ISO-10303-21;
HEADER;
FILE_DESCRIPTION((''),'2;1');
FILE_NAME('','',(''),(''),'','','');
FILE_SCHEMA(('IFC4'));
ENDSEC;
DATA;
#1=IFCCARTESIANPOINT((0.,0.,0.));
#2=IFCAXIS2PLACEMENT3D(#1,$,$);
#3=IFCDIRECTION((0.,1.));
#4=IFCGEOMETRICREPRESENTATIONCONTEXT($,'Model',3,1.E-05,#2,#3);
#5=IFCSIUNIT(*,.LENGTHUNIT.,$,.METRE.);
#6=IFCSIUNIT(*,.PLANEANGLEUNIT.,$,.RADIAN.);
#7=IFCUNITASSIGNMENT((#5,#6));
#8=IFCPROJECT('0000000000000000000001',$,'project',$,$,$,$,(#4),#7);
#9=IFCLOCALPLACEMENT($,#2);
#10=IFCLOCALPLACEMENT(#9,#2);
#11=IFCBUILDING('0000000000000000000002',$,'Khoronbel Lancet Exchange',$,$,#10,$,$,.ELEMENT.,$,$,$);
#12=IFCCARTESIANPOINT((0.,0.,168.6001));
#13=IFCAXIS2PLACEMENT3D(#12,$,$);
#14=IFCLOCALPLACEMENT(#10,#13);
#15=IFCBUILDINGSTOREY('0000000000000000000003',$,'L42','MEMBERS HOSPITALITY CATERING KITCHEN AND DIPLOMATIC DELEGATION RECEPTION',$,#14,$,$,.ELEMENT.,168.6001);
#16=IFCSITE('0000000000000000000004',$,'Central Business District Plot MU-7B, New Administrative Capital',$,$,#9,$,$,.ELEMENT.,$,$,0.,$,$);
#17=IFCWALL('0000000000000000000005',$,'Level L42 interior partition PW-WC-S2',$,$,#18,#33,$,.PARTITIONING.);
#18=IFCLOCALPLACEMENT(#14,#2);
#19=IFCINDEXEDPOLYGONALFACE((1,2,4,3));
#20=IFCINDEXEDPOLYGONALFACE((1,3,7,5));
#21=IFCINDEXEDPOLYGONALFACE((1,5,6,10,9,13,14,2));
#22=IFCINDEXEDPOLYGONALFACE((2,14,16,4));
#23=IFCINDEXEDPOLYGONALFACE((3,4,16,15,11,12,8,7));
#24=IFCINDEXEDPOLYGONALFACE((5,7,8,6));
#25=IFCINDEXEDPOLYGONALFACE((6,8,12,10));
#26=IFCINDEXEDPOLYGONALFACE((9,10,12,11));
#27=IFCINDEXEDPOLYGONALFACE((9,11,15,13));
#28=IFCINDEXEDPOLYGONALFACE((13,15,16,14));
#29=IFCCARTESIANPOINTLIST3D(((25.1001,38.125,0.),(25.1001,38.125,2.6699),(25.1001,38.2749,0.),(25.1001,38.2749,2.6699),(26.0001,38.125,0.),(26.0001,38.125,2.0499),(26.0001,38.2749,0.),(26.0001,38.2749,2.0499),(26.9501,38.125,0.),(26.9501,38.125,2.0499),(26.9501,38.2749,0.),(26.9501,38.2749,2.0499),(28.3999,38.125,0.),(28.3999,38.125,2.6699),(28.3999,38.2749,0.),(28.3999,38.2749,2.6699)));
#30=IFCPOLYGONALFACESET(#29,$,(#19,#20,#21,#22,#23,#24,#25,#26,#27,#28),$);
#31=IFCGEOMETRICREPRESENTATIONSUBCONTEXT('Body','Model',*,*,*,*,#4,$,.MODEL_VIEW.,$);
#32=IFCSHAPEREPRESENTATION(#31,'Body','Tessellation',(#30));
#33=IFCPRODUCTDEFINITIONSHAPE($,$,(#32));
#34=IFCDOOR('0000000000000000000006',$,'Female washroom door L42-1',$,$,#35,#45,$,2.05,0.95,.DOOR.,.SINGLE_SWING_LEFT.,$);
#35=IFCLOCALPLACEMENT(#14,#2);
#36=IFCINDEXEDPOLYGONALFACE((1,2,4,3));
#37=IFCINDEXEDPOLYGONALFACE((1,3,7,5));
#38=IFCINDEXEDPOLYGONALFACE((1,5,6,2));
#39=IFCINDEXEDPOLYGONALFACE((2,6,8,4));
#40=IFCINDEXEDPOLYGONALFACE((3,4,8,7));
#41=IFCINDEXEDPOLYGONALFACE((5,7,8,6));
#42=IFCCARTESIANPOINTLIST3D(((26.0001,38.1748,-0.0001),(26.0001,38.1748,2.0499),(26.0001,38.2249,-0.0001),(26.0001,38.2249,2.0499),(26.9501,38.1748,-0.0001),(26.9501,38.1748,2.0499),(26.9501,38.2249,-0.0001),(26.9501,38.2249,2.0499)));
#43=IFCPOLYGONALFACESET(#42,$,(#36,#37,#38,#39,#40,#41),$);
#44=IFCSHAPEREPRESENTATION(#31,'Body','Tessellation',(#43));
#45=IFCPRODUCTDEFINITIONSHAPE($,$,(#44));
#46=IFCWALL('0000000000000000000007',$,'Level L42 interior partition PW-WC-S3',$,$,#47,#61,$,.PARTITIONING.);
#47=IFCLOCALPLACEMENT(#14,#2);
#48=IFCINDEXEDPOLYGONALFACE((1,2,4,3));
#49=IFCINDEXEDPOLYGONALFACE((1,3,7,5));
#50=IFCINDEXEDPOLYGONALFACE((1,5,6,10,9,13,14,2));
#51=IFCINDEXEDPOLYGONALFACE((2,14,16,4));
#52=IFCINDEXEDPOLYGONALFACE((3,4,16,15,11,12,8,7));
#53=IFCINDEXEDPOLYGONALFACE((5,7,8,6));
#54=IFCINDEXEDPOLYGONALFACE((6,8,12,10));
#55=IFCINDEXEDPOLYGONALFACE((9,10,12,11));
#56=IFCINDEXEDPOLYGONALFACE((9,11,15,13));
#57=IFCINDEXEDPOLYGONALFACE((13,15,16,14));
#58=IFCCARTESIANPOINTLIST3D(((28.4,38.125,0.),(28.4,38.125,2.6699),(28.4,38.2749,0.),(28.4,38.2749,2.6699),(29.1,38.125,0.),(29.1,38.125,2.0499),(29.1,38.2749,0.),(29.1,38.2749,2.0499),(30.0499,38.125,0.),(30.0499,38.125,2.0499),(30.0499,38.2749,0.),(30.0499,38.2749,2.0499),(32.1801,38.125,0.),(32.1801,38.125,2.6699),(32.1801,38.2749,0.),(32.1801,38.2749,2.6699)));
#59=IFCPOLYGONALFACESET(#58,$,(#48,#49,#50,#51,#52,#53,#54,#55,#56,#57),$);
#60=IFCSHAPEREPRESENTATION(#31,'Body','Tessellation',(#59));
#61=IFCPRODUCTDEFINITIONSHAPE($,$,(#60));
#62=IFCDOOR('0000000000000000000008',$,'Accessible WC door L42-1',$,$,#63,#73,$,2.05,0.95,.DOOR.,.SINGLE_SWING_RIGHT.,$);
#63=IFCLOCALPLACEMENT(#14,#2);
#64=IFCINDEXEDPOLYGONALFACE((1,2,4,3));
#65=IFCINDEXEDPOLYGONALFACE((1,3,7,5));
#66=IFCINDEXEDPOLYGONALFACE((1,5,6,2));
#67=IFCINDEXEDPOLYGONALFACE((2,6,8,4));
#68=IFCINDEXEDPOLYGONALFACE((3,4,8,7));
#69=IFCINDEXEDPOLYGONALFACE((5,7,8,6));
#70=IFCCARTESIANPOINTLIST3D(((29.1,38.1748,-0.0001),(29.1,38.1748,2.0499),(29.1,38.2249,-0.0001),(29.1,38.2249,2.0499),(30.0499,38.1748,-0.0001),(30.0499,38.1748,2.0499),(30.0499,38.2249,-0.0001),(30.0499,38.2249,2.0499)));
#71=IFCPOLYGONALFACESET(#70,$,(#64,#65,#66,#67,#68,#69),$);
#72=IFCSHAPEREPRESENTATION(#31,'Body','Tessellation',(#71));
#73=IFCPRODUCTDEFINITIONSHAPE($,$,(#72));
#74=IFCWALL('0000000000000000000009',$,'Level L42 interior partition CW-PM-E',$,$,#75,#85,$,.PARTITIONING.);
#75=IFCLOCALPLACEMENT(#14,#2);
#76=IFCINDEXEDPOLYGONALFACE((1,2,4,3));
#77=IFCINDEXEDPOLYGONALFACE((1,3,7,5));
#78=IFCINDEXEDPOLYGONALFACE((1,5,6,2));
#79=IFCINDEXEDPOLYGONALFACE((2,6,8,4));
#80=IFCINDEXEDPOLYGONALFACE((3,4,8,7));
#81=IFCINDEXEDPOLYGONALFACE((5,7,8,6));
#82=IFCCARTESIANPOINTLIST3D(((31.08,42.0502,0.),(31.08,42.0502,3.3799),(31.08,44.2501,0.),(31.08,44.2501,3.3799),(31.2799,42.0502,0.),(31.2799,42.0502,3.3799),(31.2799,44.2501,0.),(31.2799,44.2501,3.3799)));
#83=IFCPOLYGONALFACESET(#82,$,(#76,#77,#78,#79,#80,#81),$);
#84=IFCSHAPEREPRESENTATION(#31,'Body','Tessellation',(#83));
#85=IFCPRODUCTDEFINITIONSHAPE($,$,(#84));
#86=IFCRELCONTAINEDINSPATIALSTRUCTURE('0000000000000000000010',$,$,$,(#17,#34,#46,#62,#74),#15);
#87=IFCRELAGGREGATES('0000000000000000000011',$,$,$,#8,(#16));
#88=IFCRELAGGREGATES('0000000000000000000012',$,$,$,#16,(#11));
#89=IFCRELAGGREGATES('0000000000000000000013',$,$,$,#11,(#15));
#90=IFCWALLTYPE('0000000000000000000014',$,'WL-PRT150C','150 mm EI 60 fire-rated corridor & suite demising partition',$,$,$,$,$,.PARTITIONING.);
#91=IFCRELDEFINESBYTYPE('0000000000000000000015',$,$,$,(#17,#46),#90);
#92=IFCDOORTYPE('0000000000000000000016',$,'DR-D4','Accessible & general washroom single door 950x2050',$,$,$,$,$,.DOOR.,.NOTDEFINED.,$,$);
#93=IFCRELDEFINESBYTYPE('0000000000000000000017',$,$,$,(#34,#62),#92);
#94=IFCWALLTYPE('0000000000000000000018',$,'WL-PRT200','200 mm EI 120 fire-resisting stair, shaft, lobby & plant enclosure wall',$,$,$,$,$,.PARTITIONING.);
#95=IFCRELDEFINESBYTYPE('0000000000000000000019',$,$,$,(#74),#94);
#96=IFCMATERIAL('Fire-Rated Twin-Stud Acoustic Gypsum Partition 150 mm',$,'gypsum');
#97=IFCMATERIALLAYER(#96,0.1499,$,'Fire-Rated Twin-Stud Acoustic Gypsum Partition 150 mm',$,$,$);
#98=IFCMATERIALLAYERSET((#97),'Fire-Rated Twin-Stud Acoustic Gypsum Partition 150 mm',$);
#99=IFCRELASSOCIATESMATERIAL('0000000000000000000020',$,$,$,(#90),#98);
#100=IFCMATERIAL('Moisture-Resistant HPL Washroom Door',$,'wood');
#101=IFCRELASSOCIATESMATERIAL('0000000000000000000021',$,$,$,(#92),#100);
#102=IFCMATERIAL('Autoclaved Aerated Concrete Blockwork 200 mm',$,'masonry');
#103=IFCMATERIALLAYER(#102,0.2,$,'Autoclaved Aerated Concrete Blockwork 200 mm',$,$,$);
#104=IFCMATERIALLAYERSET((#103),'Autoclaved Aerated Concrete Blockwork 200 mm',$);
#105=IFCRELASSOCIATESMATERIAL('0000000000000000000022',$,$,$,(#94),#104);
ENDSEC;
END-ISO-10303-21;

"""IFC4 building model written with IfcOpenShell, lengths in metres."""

from ifc_helpers import new_model, si_unit, direction, frame, frame_2d, origin, place, context, subcontext, project, spatial, rectangle, extrude, material, layer, layer_set, type_object, element, fill, save


model = new_model("IFC4")

# Units and contexts
model_context = context("Model", 3, precision=1e-05, world=origin(), true_north=direction((0.0, 1.0)))
body_context = subcontext(model_context, "Body", "Model", "MODEL_VIEW")
ifc_project = project(units=[si_unit("LENGTHUNIT", "METRE"), si_unit("PLANEANGLEUNIT", "RADIAN")], contexts=[model_context])

# Site, building, storey
site_placement = place(None, origin())
site = spatial("IfcSite", under=ifc_project, at=site_placement, Name="Central Business District Plot MU-7B, New Administrative Capital", CompositionType="ELEMENT", RefElevation=0.0)
building_placement = place(site_placement, origin())
building = spatial("IfcBuilding", under=site, at=building_placement, Name="Khoronbel Lancet Exchange", CompositionType="ELEMENT")
storey_placement = place(building_placement, frame((0.0, 0.0, 168.6001)))
storey = spatial("IfcBuildingStorey", under=building, at=storey_placement, Name="L42", Description="MEMBERS HOSPITALITY CATERING KITCHEN AND DIPLOMATIC DELEGATION RECEPTION", CompositionType="ELEMENT", Elevation=168.6001)

# Walls, openings, doors
ifc_material_1 = material(Name="Fire-Rated Twin-Stud Acoustic Gypsum Partition 150 mm", Category="gypsum")
ifc_layer_1 = layer(ifc_material_1, 0.1499, Name="Fire-Rated Twin-Stud Acoustic Gypsum Partition 150 mm")
ifc_layer_set_1 = layer_set([ifc_layer_1], Name="Fire-Rated Twin-Stud Acoustic Gypsum Partition 150 mm")
wall_type_1 = type_object("IfcWallType", Name="WL-PRT150C", Description="150 mm EI 60 fire-rated corridor & suite demising partition", PredefinedType="PARTITIONING", material=ifc_layer_set_1)
wall_1_placement = place(storey_placement, frame((25.1001, 38.2, 0.0), z_axis=(0.0, 0.0, 1.0), x_axis=(1.0, 0.0, 0.0)))
wall_1 = element("IfcWall", 1, at=wall_1_placement, inside=storey, type_object=wall_type_1, Name="Level L42 interior partition PW-WC-S2", PredefinedType="PARTITIONING", context=body_context, shape_type="SweptSolid", body=[
    extrude(rectangle(XDim=3.2998, YDim=0.1499, at=frame_2d((1.6499, 0.0))), origin(), (0.0, 0.0, 1.0), 2.6699),
])
opening_1_placement = place(wall_1_placement, frame((0.8999, 0.0, 0.0)))
opening_1 = element("IfcOpeningElement", 2, at=opening_1_placement, cuts=wall_1, PredefinedType="OPENING", context=body_context, shape_type="SweptSolid", body=[
    extrude(rectangle(XDim=0.95, YDim=2.05, at=frame_2d((0.4751, 1.0249))), frame((0.0, 0.085, 0.0), z_axis=(0.0, -1.0, 0.0), x_axis=(1.0, 0.0, 0.0)), (0.0, 0.0, 1.0), 0.1699),
])
ifc_material_2 = material(Name="Moisture-Resistant HPL Washroom Door", Category="wood")
door_type = type_object("IfcDoorType", Name="DR-D4", Description="Accessible & general washroom single door 950x2050", OperationType="NOTDEFINED", PredefinedType="DOOR", material=ifc_material_2)
door_1_placement = place(opening_1_placement, origin())
door_1 = element("IfcDoor", 3, at=door_1_placement, inside=storey, type_object=door_type, Name="Female washroom door L42-1", OperationType="SINGLE_SWING_LEFT", OverallHeight=2.05, OverallWidth=0.95, PredefinedType="DOOR", context=body_context, shape_type="SweptSolid", body=[
    extrude(rectangle(XDim=0.95, YDim=2.05, at=frame_2d((0.4751, 1.0249))), frame((0.0, 0.0249, 0.0), z_axis=(0.0, -1.0, 0.0), x_axis=(1.0, 0.0, 0.0)), (0.0, 0.0, 1.0), 0.05),
])
fill(opening_1, door_1)
wall_2_placement = place(storey_placement, frame((28.3999, 38.2, 0.0), z_axis=(0.0, 0.0, 1.0), x_axis=(1.0, 0.0, 0.0)))
wall_2 = element("IfcWall", 4, at=wall_2_placement, inside=storey, type_object=wall_type_1, Name="Level L42 interior partition PW-WC-S3", PredefinedType="PARTITIONING", context=body_context, shape_type="SweptSolid", body=[
    extrude(rectangle(XDim=3.78, YDim=0.1499, at=frame_2d((1.8901, 0.0))), origin(), (0.0, 0.0, 1.0), 2.6699),
])
opening_2_placement = place(wall_2_placement, frame((0.7, 0.0, 0.0)))
opening_2 = element("IfcOpeningElement", 5, at=opening_2_placement, cuts=wall_2, PredefinedType="OPENING", context=body_context, shape_type="SweptSolid", body=[
    extrude(rectangle(XDim=0.95, YDim=2.05, at=frame_2d((0.4751, 1.0249))), frame((0.0, 0.085, 0.0), z_axis=(0.0, -1.0, 0.0), x_axis=(1.0, 0.0, 0.0)), (0.0, 0.0, 1.0), 0.1699),
])
door_2_placement = place(opening_2_placement, origin())
door_2 = element("IfcDoor", 6, at=door_2_placement, inside=storey, type_object=door_type, Name="Accessible WC door L42-1", OperationType="SINGLE_SWING_RIGHT", OverallHeight=2.05, OverallWidth=0.95, PredefinedType="DOOR", context=body_context, shape_type="SweptSolid", body=[
    extrude(rectangle(XDim=0.95, YDim=2.05, at=frame_2d((0.4751, 1.0249))), frame((0.0, 0.0249, 0.0), z_axis=(0.0, -1.0, 0.0), x_axis=(1.0, 0.0, 0.0)), (0.0, 0.0, 1.0), 0.05),
])
fill(opening_2, door_2)

# Wall
ifc_material_3 = material(Name="Autoclaved Aerated Concrete Blockwork 200 mm", Category="masonry")
ifc_layer_2 = layer(ifc_material_3, 0.2, Name="Autoclaved Aerated Concrete Blockwork 200 mm")
ifc_layer_set_2 = layer_set([ifc_layer_2], Name="Autoclaved Aerated Concrete Blockwork 200 mm")
wall_type_2 = type_object("IfcWallType", Name="WL-PRT200", Description="200 mm EI 120 fire-resisting stair, shaft, lobby & plant enclosure wall", PredefinedType="PARTITIONING", material=ifc_layer_set_2)
wall_3_placement = place(storey_placement, frame((31.1799, 42.05, 0.0), z_axis=(0.0, 0.0, 1.0), x_axis=(0.0, 1.0, 0.0)))
element("IfcWall", 7, at=wall_3_placement, inside=storey, type_object=wall_type_2, Name="Level L42 interior partition CW-PM-E", PredefinedType="PARTITIONING", context=body_context, shape_type="SweptSolid", body=[
    extrude(rectangle(XDim=2.2, YDim=0.2, at=frame_2d((1.1001, 0.0))), origin(), (0.0, 0.0, 1.0), 3.3799),
])

save(model, "model.ifc")
